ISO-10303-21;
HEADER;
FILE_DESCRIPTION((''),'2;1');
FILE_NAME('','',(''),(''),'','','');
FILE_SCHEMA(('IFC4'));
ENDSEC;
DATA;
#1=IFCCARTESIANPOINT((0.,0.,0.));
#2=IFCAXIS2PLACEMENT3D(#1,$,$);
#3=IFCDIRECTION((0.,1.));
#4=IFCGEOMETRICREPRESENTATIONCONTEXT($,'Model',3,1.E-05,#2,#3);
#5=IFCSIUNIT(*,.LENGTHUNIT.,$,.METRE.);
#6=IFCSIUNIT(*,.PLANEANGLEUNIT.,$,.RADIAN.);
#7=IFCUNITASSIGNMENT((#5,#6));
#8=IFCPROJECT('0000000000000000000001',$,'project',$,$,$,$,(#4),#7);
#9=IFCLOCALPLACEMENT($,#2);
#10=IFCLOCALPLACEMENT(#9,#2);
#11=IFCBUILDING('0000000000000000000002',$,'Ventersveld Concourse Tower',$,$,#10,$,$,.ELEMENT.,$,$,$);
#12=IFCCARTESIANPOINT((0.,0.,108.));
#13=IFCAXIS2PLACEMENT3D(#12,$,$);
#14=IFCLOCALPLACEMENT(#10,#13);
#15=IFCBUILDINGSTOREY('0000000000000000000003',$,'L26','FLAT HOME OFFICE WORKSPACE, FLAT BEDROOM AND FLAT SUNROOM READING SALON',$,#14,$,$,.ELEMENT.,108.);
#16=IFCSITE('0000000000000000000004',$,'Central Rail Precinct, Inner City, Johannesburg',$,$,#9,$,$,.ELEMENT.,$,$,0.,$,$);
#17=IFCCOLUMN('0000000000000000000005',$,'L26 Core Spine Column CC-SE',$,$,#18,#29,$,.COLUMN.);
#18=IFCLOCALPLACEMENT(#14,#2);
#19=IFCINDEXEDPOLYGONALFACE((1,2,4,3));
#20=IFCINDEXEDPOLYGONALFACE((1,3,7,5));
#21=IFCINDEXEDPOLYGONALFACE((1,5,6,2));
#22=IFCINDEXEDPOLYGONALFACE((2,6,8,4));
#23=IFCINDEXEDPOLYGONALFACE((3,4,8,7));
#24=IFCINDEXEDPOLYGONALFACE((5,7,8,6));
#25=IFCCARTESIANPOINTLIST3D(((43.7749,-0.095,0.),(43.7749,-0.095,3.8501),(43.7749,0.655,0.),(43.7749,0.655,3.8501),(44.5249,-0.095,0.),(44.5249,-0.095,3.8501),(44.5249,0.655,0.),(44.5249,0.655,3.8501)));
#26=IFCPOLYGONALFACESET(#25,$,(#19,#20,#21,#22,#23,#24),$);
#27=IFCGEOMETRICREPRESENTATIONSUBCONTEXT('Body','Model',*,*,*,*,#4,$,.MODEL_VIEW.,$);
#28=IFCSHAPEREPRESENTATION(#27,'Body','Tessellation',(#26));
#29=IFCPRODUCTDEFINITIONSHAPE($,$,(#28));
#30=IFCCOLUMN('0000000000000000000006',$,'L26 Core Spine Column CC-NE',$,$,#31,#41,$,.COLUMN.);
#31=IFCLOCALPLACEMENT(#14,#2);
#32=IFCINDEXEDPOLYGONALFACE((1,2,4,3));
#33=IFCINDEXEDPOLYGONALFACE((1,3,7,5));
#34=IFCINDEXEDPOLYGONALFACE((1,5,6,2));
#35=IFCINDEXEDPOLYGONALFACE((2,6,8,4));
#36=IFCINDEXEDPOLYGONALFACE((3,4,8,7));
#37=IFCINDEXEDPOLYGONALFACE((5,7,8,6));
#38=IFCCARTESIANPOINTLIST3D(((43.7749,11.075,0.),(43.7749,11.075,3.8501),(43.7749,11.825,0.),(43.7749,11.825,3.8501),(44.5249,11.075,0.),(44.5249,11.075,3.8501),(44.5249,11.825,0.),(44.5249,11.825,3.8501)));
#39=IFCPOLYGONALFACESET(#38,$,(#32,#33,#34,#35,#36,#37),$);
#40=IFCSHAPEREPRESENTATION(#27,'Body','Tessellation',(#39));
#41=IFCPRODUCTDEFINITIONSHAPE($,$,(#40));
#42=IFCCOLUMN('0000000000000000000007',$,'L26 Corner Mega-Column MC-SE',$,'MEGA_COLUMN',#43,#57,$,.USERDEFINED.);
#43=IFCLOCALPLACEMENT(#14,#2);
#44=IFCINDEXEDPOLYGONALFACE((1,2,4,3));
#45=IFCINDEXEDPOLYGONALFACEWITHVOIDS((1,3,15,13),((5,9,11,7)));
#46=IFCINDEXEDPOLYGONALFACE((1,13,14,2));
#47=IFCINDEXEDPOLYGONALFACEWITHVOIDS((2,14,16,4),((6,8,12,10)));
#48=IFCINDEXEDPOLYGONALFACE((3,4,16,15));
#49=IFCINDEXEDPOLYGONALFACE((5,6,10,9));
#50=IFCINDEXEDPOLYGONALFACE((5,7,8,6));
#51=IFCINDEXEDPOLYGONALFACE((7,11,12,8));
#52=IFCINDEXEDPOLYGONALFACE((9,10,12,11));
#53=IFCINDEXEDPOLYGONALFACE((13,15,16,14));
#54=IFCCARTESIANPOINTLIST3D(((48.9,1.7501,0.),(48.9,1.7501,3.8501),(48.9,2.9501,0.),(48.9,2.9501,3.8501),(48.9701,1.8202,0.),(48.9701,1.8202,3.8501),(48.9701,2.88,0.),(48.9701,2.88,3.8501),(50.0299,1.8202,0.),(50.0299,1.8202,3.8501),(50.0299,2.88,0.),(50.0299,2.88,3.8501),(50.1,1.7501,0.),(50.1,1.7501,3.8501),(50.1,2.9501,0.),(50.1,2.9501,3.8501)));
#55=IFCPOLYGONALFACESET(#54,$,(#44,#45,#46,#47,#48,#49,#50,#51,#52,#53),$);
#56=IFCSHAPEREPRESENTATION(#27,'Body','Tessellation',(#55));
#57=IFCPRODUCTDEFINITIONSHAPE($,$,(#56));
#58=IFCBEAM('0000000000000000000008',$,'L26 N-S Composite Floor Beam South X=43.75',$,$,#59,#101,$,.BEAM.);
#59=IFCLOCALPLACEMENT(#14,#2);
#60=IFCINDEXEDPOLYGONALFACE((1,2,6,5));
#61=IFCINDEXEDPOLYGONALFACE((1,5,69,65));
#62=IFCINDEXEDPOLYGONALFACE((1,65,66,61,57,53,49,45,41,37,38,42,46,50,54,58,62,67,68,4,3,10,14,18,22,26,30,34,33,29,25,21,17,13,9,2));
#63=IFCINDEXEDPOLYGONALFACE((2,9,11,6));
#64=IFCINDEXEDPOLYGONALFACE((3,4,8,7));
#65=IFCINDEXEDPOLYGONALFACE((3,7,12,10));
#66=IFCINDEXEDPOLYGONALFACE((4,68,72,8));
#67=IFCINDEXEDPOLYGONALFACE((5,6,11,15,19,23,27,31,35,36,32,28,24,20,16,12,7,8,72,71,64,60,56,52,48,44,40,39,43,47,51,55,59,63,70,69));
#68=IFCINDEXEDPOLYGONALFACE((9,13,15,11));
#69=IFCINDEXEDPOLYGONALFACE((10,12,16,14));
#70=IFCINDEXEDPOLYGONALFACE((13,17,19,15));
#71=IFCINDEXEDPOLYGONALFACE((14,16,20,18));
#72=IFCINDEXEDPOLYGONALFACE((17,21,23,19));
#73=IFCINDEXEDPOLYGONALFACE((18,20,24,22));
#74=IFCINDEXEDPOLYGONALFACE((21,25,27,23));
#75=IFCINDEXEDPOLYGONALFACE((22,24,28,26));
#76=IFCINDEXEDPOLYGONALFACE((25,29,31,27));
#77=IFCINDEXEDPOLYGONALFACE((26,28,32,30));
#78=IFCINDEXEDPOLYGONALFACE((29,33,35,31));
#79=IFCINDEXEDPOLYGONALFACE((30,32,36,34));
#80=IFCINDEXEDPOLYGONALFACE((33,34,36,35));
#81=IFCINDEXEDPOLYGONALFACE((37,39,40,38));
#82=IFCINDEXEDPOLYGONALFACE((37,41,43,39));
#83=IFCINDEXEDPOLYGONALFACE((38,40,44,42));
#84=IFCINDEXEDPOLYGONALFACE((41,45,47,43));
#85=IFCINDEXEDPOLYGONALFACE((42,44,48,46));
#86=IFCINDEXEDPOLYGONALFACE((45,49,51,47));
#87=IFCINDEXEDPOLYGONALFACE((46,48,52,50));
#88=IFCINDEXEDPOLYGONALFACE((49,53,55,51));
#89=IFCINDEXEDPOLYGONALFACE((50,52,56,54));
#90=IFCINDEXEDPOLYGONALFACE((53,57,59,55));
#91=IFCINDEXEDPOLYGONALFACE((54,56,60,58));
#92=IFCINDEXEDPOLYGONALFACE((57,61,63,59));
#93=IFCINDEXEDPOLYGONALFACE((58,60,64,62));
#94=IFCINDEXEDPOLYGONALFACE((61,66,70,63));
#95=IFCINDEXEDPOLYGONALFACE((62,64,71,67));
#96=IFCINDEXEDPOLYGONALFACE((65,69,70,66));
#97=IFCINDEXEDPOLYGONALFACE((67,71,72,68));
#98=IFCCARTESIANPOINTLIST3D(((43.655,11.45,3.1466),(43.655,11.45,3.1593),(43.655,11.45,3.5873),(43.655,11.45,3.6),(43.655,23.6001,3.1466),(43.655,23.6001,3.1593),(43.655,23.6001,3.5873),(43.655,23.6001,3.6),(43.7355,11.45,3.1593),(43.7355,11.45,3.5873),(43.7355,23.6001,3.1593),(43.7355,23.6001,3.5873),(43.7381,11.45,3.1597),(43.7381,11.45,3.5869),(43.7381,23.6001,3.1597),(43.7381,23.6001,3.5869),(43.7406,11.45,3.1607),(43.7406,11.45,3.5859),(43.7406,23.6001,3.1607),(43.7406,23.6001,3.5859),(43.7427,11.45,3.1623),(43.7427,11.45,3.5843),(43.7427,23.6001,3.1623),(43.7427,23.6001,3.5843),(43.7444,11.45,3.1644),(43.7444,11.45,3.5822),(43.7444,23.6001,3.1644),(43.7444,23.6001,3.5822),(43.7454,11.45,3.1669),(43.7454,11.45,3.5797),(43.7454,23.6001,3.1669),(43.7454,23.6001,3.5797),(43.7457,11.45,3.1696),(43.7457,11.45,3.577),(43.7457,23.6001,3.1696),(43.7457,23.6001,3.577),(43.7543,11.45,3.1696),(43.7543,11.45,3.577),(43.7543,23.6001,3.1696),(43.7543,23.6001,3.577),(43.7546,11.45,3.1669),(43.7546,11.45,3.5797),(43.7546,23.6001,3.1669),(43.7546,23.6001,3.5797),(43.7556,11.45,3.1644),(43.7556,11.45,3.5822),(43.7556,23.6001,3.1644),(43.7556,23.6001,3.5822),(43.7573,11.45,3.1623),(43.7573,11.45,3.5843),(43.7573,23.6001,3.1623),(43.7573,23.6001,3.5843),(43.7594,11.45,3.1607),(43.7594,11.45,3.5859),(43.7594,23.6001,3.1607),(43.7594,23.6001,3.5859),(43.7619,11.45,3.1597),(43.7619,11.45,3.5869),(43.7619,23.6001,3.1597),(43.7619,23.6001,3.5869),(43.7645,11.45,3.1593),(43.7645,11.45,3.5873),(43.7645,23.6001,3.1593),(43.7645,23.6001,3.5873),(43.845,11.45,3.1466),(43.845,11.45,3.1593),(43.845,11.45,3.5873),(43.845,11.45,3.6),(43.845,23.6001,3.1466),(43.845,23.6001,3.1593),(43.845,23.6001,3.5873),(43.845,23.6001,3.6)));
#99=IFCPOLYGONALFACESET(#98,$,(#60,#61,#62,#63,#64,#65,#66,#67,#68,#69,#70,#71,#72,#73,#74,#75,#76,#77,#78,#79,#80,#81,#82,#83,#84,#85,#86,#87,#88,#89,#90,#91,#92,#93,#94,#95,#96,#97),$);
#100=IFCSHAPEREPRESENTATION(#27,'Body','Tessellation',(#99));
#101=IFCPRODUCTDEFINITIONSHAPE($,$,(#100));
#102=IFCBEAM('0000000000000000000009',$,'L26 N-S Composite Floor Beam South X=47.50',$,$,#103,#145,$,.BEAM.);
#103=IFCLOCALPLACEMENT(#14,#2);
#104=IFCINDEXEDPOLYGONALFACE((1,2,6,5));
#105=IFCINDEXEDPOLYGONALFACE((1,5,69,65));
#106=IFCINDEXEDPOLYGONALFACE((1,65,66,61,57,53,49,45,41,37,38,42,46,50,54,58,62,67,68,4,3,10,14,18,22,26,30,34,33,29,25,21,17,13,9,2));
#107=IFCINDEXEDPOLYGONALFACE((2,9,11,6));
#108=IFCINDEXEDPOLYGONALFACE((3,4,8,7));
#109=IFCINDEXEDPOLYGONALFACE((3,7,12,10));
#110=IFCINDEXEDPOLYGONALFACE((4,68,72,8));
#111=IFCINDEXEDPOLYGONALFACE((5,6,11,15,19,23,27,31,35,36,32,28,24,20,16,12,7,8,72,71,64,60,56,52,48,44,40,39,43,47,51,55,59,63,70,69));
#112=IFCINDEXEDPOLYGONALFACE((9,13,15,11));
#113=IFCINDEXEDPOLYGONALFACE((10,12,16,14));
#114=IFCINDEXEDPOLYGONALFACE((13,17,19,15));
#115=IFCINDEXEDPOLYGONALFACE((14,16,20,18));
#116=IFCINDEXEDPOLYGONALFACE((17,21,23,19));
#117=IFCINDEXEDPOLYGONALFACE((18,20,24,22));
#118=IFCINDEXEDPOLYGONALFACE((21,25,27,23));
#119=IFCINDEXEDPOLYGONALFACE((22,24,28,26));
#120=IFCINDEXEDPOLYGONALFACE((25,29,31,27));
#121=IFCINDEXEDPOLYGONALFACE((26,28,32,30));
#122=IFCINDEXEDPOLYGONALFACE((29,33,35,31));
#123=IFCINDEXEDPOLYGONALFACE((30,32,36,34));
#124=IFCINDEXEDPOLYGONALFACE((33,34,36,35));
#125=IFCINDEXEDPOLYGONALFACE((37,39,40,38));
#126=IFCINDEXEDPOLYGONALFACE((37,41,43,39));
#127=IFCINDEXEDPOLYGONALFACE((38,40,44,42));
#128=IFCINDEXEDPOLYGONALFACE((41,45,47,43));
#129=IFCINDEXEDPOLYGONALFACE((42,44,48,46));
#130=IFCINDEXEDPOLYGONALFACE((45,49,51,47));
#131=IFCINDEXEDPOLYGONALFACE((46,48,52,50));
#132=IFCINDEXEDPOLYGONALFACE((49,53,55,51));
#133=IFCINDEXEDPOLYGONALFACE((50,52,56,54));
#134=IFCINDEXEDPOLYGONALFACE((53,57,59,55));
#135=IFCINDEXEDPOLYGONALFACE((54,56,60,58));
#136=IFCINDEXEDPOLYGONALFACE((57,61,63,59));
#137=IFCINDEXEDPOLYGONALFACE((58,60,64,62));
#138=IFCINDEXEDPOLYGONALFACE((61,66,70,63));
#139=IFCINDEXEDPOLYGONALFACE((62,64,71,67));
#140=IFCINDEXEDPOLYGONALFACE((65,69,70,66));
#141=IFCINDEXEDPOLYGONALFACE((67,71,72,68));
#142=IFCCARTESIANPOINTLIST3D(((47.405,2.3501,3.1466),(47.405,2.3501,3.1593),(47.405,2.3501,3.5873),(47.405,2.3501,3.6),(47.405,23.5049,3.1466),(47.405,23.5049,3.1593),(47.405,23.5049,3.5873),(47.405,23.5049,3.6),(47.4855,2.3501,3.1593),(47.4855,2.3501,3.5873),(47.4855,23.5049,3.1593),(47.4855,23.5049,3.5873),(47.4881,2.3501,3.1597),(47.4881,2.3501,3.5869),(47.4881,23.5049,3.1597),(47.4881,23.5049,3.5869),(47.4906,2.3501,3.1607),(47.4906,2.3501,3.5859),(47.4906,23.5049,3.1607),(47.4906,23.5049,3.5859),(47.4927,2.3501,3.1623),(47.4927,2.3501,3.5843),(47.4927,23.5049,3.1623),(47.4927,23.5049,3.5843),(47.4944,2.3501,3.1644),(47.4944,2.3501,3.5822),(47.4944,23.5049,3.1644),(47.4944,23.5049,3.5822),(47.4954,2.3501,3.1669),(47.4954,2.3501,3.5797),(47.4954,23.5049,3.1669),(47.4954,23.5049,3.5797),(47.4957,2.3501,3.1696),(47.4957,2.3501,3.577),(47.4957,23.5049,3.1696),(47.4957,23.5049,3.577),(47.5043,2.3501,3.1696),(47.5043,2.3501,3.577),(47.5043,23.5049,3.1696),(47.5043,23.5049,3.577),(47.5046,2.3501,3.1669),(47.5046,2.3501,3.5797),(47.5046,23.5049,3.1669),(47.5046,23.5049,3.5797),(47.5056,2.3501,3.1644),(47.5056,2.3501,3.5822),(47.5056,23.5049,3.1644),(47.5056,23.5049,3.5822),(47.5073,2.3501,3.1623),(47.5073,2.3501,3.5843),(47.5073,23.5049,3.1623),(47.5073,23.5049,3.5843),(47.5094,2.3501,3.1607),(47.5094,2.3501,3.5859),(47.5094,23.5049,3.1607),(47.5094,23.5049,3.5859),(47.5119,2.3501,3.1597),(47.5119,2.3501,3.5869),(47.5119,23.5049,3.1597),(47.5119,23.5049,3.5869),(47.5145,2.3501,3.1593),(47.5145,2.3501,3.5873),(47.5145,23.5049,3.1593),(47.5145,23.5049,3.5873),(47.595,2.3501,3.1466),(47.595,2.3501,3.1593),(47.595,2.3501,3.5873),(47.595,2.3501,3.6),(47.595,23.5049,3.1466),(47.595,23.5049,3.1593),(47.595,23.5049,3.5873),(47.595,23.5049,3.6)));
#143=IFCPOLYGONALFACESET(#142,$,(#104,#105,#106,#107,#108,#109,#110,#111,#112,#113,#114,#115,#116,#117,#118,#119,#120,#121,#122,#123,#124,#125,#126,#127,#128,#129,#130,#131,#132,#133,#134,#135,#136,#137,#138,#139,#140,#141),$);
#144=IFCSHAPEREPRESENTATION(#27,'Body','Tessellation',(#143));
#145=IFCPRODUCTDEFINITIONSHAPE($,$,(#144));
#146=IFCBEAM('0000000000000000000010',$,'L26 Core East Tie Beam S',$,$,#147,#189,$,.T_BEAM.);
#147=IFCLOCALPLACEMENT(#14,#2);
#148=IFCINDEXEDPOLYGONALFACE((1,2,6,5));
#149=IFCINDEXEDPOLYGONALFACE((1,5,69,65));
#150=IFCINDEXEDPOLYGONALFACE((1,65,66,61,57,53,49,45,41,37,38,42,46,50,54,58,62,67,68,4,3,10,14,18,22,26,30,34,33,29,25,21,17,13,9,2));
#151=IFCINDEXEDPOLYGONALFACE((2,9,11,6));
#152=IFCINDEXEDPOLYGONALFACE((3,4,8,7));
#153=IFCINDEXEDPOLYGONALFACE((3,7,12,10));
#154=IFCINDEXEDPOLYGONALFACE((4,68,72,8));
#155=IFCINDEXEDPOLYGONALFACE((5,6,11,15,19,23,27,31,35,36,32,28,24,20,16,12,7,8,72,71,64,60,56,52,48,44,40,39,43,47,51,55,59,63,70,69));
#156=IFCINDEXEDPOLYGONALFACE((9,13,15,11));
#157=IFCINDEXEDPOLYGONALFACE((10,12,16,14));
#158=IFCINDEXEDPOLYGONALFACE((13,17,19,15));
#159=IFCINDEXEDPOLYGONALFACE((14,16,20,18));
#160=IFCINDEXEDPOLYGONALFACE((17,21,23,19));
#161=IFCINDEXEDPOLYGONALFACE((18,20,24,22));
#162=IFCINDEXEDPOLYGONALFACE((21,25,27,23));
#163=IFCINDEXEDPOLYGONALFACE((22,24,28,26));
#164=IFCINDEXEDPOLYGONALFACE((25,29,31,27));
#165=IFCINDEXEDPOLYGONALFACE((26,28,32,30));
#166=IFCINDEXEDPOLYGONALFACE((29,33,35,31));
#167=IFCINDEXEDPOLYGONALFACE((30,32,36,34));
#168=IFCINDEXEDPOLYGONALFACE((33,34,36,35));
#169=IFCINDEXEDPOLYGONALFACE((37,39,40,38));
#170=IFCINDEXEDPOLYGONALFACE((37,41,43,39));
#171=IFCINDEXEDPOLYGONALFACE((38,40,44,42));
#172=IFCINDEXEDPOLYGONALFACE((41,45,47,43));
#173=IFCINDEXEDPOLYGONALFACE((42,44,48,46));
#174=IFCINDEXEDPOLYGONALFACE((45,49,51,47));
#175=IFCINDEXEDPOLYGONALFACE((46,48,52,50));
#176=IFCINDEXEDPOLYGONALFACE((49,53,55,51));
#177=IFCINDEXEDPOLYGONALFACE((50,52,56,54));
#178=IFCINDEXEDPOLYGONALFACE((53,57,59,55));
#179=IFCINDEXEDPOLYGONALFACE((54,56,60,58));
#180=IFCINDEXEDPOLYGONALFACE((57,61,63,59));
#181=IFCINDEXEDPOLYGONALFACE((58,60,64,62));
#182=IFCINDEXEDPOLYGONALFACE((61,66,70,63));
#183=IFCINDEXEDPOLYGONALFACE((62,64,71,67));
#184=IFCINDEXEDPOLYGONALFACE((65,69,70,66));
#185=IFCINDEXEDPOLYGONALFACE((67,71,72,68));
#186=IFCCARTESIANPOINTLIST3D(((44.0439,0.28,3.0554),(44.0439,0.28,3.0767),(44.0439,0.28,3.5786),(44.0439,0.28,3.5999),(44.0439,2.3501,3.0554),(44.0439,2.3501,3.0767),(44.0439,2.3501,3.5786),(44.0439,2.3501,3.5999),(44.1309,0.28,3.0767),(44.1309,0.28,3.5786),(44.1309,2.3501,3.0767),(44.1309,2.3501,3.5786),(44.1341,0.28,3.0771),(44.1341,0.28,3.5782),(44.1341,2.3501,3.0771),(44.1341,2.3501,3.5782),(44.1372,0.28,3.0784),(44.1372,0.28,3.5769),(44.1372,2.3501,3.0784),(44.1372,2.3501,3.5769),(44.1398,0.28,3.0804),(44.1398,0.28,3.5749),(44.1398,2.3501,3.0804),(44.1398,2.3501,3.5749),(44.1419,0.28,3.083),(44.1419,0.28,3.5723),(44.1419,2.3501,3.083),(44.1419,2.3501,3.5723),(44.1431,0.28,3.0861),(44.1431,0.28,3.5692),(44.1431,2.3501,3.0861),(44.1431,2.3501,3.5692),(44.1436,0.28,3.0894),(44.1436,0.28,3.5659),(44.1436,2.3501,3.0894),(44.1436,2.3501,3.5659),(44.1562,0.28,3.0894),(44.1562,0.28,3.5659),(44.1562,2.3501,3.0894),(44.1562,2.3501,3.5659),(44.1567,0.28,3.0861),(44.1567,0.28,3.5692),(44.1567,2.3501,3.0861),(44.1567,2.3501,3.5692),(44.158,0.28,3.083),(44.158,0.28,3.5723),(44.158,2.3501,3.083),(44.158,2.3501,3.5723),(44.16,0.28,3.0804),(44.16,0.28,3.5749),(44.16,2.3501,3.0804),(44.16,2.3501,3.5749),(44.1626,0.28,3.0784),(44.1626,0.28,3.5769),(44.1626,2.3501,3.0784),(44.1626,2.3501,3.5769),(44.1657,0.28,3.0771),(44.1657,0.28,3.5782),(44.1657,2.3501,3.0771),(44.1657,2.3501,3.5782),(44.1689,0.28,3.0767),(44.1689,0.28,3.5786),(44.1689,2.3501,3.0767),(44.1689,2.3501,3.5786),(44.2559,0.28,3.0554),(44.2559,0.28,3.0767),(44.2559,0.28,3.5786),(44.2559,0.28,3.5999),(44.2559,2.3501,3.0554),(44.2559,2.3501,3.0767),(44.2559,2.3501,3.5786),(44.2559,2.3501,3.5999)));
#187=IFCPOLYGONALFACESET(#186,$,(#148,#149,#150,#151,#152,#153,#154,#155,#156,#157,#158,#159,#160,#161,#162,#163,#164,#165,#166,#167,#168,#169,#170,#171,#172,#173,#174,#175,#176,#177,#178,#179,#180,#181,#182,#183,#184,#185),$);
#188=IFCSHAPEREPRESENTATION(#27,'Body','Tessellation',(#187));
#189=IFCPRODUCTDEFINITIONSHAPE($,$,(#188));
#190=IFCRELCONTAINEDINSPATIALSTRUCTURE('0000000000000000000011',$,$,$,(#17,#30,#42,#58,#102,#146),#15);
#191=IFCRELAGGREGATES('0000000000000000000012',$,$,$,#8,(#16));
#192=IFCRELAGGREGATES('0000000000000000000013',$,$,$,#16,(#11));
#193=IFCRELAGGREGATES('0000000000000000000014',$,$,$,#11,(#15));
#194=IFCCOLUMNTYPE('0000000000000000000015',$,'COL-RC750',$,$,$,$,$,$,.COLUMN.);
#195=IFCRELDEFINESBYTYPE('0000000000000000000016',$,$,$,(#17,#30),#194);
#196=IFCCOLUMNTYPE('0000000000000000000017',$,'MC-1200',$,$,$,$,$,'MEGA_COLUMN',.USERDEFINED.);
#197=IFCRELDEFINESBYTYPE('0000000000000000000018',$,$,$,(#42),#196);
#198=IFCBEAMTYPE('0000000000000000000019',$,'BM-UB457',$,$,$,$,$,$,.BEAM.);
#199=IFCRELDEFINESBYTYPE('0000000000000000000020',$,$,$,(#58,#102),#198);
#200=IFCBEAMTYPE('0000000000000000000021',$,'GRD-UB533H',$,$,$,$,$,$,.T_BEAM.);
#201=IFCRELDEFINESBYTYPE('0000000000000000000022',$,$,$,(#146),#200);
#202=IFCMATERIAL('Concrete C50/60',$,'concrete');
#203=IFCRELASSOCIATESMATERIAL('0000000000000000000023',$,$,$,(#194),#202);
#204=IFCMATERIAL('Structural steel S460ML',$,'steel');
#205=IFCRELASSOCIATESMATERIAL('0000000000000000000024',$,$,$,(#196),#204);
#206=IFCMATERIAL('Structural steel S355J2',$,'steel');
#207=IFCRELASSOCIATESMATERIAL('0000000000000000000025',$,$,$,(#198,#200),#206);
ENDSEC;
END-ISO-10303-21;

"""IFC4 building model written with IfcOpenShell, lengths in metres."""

from ifc_helpers import new_model, si_unit, direction, frame, origin, origin_2d, place, context, subcontext, project, spatial, rectangle, hollow_rectangle, i_section, extrude, material, material_profile, profile_set, type_object, element, save


model = new_model("IFC4")

# Units and contexts
model_context = context("Model", 3, precision=1e-05, world=origin(), true_north=direction((0.0, 1.0)))
body_context = subcontext(model_context, "Body", "Model", "MODEL_VIEW")
ifc_project = project(units=[si_unit("LENGTHUNIT", "METRE"), si_unit("PLANEANGLEUNIT", "RADIAN")], contexts=[model_context])

# Site, building, storey
site_placement = place(None, origin())
site = spatial("IfcSite", under=ifc_project, at=site_placement, Name="Central Rail Precinct, Inner City, Johannesburg", CompositionType="ELEMENT", RefElevation=0.0)
building_placement = place(site_placement, origin())
building = spatial("IfcBuilding", under=site, at=building_placement, Name="Ventersveld Concourse Tower", CompositionType="ELEMENT")
storey_placement = place(building_placement, frame((0.0, 0.0, 108.0)))
storey = spatial("IfcBuildingStorey", under=building, at=storey_placement, Name="L26", Description="FLAT HOME OFFICE WORKSPACE, FLAT BEDROOM AND FLAT SUNROOM READING SALON", CompositionType="ELEMENT", Elevation=108.0)

# Columns
ifc_material_1 = material(Name="Concrete C50/60", Category="concrete")
ifc_material_profile_1 = material_profile(ifc_material_1, rectangle(XDim=0.75, YDim=0.75, at=origin_2d()), Name="RC 750x750")
ifc_profile_set_1 = profile_set([ifc_material_profile_1], Name="Concrete C50/60")
column_type_1 = type_object("IfcColumnType", Name="COL-RC750", PredefinedType="COLUMN", material=ifc_profile_set_1)
for number, where, z_axis, x_axis, name in (
    (1, (44.1499, 0.28, 0.0), (0.0, 0.0, 1.0), (1.0, 0.0, 0.0), "L26 Core Spine Column CC-SE"),
    (2, (44.1499, 11.45, 0.0), (0.0, 0.0, 1.0), (1.0, 0.0, 0.0), "L26 Core Spine Column CC-NE"),
):
    element("IfcColumn", number, at=place(storey_placement, frame(where, z_axis=z_axis, x_axis=x_axis)), inside=storey, type_object=column_type_1, Name=name, PredefinedType="COLUMN", context=body_context, shape_type="SweptSolid", body=[
        extrude(rectangle(XDim=0.75, YDim=0.75, at=origin_2d()), origin(), (0.0, 0.0, 1.0), 3.8501),
    ])
ifc_material_2 = material(Name="Structural steel S460ML", Category="steel")
ifc_material_profile_2 = material_profile(ifc_material_2, hollow_rectangle(XDim=1.2, YDim=1.2, WallThickness=0.0701, at=origin_2d()), Name="BOX 1200x1200x70")
ifc_profile_set_2 = profile_set([ifc_material_profile_2], Name="Structural steel S460ML")
column_type_2 = type_object("IfcColumnType", Name="MC-1200", ElementType="MEGA_COLUMN", PredefinedType="USERDEFINED", material=ifc_profile_set_2)
column_placement = place(storey_placement, frame((49.5, 2.3501, 0.0), z_axis=(0.0, 0.0, 1.0), x_axis=(1.0, 0.0, 0.0)))
element("IfcColumn", 3, at=column_placement, inside=storey, type_object=column_type_2, Name="L26 Corner Mega-Column MC-SE", ObjectType="MEGA_COLUMN", PredefinedType="USERDEFINED", context=body_context, shape_type="SweptSolid", body=[
    extrude(hollow_rectangle(XDim=1.2, YDim=1.2, WallThickness=0.0701, at=origin_2d()), origin(), (0.0, 0.0, 1.0), 3.8501),
])

# Beams
ifc_material_3 = material(Name="Structural steel S355J2", Category="steel")
ifc_material_profile_3 = material_profile(ifc_material_3, i_section(OverallWidth=0.1899, OverallDepth=0.4534, WebThickness=0.0085, FlangeThickness=0.0127, FilletRadius=0.0103, at=origin_2d()), Name="UB 457x191x67")
ifc_profile_set_3 = profile_set([ifc_material_profile_3], Name="Structural steel S355J2")
beam_type_1 = type_object("IfcBeamType", Name="BM-UB457", PredefinedType="BEAM", material=ifc_profile_set_3)
beam_1_placement = place(storey_placement, frame((43.75, 11.45, 3.3733), z_axis=(0.0, 1.0, 0.0), x_axis=(-1.0, 0.0, 0.0)))
element("IfcBeam", 4, at=beam_1_placement, inside=storey, type_object=beam_type_1, Name="L26 N-S Composite Floor Beam South X=43.75", PredefinedType="BEAM", context=body_context, shape_type="SweptSolid", body=[
    extrude(i_section(OverallWidth=0.1899, OverallDepth=0.4534, WebThickness=0.0085, FlangeThickness=0.0127, FilletRadius=0.0103, at=origin_2d()), origin(), (0.0, 0.0, 1.0), 12.1501),
])
beam_2_placement = place(storey_placement, frame((47.5, 2.3501, 3.3733), z_axis=(0.0, 1.0, 0.0), x_axis=(-1.0, 0.0, 0.0)))
element("IfcBeam", 5, at=beam_2_placement, inside=storey, type_object=beam_type_1, Name="L26 N-S Composite Floor Beam South X=47.50", PredefinedType="BEAM", context=body_context, shape_type="SweptSolid", body=[
    extrude(i_section(OverallWidth=0.1899, OverallDepth=0.4534, WebThickness=0.0085, FlangeThickness=0.0127, FilletRadius=0.0103, at=origin_2d()), origin(), (0.0, 0.0, 1.0), 21.1548),
])
ifc_material_profile_4 = material_profile(ifc_material_3, i_section(OverallWidth=0.2119, OverallDepth=0.5444, WebThickness=0.0127, FlangeThickness=0.0212, FilletRadius=0.0127, at=origin_2d()), Name="UB 533x210x122")
ifc_profile_set_4 = profile_set([ifc_material_profile_4], Name="Structural steel S355J2")
beam_type_2 = type_object("IfcBeamType", Name="GRD-UB533H", PredefinedType="T_BEAM", material=ifc_profile_set_4)
beam_3_placement = place(storey_placement, frame((44.1499, 0.28, 3.3276), z_axis=(0.0, 1.0, 0.0), x_axis=(-1.0, 0.0, 0.0)))
element("IfcBeam", 6, at=beam_3_placement, inside=storey, type_object=beam_type_2, Name="L26 Core East Tie Beam S", PredefinedType="T_BEAM", context=body_context, shape_type="SweptSolid", body=[
    extrude(i_section(OverallWidth=0.2119, OverallDepth=0.5444, WebThickness=0.0127, FlangeThickness=0.0212, FilletRadius=0.0127, at=origin_2d()), origin(), (0.0, 0.0, 1.0), 2.0701),
])

save(model, "model.ifc")
